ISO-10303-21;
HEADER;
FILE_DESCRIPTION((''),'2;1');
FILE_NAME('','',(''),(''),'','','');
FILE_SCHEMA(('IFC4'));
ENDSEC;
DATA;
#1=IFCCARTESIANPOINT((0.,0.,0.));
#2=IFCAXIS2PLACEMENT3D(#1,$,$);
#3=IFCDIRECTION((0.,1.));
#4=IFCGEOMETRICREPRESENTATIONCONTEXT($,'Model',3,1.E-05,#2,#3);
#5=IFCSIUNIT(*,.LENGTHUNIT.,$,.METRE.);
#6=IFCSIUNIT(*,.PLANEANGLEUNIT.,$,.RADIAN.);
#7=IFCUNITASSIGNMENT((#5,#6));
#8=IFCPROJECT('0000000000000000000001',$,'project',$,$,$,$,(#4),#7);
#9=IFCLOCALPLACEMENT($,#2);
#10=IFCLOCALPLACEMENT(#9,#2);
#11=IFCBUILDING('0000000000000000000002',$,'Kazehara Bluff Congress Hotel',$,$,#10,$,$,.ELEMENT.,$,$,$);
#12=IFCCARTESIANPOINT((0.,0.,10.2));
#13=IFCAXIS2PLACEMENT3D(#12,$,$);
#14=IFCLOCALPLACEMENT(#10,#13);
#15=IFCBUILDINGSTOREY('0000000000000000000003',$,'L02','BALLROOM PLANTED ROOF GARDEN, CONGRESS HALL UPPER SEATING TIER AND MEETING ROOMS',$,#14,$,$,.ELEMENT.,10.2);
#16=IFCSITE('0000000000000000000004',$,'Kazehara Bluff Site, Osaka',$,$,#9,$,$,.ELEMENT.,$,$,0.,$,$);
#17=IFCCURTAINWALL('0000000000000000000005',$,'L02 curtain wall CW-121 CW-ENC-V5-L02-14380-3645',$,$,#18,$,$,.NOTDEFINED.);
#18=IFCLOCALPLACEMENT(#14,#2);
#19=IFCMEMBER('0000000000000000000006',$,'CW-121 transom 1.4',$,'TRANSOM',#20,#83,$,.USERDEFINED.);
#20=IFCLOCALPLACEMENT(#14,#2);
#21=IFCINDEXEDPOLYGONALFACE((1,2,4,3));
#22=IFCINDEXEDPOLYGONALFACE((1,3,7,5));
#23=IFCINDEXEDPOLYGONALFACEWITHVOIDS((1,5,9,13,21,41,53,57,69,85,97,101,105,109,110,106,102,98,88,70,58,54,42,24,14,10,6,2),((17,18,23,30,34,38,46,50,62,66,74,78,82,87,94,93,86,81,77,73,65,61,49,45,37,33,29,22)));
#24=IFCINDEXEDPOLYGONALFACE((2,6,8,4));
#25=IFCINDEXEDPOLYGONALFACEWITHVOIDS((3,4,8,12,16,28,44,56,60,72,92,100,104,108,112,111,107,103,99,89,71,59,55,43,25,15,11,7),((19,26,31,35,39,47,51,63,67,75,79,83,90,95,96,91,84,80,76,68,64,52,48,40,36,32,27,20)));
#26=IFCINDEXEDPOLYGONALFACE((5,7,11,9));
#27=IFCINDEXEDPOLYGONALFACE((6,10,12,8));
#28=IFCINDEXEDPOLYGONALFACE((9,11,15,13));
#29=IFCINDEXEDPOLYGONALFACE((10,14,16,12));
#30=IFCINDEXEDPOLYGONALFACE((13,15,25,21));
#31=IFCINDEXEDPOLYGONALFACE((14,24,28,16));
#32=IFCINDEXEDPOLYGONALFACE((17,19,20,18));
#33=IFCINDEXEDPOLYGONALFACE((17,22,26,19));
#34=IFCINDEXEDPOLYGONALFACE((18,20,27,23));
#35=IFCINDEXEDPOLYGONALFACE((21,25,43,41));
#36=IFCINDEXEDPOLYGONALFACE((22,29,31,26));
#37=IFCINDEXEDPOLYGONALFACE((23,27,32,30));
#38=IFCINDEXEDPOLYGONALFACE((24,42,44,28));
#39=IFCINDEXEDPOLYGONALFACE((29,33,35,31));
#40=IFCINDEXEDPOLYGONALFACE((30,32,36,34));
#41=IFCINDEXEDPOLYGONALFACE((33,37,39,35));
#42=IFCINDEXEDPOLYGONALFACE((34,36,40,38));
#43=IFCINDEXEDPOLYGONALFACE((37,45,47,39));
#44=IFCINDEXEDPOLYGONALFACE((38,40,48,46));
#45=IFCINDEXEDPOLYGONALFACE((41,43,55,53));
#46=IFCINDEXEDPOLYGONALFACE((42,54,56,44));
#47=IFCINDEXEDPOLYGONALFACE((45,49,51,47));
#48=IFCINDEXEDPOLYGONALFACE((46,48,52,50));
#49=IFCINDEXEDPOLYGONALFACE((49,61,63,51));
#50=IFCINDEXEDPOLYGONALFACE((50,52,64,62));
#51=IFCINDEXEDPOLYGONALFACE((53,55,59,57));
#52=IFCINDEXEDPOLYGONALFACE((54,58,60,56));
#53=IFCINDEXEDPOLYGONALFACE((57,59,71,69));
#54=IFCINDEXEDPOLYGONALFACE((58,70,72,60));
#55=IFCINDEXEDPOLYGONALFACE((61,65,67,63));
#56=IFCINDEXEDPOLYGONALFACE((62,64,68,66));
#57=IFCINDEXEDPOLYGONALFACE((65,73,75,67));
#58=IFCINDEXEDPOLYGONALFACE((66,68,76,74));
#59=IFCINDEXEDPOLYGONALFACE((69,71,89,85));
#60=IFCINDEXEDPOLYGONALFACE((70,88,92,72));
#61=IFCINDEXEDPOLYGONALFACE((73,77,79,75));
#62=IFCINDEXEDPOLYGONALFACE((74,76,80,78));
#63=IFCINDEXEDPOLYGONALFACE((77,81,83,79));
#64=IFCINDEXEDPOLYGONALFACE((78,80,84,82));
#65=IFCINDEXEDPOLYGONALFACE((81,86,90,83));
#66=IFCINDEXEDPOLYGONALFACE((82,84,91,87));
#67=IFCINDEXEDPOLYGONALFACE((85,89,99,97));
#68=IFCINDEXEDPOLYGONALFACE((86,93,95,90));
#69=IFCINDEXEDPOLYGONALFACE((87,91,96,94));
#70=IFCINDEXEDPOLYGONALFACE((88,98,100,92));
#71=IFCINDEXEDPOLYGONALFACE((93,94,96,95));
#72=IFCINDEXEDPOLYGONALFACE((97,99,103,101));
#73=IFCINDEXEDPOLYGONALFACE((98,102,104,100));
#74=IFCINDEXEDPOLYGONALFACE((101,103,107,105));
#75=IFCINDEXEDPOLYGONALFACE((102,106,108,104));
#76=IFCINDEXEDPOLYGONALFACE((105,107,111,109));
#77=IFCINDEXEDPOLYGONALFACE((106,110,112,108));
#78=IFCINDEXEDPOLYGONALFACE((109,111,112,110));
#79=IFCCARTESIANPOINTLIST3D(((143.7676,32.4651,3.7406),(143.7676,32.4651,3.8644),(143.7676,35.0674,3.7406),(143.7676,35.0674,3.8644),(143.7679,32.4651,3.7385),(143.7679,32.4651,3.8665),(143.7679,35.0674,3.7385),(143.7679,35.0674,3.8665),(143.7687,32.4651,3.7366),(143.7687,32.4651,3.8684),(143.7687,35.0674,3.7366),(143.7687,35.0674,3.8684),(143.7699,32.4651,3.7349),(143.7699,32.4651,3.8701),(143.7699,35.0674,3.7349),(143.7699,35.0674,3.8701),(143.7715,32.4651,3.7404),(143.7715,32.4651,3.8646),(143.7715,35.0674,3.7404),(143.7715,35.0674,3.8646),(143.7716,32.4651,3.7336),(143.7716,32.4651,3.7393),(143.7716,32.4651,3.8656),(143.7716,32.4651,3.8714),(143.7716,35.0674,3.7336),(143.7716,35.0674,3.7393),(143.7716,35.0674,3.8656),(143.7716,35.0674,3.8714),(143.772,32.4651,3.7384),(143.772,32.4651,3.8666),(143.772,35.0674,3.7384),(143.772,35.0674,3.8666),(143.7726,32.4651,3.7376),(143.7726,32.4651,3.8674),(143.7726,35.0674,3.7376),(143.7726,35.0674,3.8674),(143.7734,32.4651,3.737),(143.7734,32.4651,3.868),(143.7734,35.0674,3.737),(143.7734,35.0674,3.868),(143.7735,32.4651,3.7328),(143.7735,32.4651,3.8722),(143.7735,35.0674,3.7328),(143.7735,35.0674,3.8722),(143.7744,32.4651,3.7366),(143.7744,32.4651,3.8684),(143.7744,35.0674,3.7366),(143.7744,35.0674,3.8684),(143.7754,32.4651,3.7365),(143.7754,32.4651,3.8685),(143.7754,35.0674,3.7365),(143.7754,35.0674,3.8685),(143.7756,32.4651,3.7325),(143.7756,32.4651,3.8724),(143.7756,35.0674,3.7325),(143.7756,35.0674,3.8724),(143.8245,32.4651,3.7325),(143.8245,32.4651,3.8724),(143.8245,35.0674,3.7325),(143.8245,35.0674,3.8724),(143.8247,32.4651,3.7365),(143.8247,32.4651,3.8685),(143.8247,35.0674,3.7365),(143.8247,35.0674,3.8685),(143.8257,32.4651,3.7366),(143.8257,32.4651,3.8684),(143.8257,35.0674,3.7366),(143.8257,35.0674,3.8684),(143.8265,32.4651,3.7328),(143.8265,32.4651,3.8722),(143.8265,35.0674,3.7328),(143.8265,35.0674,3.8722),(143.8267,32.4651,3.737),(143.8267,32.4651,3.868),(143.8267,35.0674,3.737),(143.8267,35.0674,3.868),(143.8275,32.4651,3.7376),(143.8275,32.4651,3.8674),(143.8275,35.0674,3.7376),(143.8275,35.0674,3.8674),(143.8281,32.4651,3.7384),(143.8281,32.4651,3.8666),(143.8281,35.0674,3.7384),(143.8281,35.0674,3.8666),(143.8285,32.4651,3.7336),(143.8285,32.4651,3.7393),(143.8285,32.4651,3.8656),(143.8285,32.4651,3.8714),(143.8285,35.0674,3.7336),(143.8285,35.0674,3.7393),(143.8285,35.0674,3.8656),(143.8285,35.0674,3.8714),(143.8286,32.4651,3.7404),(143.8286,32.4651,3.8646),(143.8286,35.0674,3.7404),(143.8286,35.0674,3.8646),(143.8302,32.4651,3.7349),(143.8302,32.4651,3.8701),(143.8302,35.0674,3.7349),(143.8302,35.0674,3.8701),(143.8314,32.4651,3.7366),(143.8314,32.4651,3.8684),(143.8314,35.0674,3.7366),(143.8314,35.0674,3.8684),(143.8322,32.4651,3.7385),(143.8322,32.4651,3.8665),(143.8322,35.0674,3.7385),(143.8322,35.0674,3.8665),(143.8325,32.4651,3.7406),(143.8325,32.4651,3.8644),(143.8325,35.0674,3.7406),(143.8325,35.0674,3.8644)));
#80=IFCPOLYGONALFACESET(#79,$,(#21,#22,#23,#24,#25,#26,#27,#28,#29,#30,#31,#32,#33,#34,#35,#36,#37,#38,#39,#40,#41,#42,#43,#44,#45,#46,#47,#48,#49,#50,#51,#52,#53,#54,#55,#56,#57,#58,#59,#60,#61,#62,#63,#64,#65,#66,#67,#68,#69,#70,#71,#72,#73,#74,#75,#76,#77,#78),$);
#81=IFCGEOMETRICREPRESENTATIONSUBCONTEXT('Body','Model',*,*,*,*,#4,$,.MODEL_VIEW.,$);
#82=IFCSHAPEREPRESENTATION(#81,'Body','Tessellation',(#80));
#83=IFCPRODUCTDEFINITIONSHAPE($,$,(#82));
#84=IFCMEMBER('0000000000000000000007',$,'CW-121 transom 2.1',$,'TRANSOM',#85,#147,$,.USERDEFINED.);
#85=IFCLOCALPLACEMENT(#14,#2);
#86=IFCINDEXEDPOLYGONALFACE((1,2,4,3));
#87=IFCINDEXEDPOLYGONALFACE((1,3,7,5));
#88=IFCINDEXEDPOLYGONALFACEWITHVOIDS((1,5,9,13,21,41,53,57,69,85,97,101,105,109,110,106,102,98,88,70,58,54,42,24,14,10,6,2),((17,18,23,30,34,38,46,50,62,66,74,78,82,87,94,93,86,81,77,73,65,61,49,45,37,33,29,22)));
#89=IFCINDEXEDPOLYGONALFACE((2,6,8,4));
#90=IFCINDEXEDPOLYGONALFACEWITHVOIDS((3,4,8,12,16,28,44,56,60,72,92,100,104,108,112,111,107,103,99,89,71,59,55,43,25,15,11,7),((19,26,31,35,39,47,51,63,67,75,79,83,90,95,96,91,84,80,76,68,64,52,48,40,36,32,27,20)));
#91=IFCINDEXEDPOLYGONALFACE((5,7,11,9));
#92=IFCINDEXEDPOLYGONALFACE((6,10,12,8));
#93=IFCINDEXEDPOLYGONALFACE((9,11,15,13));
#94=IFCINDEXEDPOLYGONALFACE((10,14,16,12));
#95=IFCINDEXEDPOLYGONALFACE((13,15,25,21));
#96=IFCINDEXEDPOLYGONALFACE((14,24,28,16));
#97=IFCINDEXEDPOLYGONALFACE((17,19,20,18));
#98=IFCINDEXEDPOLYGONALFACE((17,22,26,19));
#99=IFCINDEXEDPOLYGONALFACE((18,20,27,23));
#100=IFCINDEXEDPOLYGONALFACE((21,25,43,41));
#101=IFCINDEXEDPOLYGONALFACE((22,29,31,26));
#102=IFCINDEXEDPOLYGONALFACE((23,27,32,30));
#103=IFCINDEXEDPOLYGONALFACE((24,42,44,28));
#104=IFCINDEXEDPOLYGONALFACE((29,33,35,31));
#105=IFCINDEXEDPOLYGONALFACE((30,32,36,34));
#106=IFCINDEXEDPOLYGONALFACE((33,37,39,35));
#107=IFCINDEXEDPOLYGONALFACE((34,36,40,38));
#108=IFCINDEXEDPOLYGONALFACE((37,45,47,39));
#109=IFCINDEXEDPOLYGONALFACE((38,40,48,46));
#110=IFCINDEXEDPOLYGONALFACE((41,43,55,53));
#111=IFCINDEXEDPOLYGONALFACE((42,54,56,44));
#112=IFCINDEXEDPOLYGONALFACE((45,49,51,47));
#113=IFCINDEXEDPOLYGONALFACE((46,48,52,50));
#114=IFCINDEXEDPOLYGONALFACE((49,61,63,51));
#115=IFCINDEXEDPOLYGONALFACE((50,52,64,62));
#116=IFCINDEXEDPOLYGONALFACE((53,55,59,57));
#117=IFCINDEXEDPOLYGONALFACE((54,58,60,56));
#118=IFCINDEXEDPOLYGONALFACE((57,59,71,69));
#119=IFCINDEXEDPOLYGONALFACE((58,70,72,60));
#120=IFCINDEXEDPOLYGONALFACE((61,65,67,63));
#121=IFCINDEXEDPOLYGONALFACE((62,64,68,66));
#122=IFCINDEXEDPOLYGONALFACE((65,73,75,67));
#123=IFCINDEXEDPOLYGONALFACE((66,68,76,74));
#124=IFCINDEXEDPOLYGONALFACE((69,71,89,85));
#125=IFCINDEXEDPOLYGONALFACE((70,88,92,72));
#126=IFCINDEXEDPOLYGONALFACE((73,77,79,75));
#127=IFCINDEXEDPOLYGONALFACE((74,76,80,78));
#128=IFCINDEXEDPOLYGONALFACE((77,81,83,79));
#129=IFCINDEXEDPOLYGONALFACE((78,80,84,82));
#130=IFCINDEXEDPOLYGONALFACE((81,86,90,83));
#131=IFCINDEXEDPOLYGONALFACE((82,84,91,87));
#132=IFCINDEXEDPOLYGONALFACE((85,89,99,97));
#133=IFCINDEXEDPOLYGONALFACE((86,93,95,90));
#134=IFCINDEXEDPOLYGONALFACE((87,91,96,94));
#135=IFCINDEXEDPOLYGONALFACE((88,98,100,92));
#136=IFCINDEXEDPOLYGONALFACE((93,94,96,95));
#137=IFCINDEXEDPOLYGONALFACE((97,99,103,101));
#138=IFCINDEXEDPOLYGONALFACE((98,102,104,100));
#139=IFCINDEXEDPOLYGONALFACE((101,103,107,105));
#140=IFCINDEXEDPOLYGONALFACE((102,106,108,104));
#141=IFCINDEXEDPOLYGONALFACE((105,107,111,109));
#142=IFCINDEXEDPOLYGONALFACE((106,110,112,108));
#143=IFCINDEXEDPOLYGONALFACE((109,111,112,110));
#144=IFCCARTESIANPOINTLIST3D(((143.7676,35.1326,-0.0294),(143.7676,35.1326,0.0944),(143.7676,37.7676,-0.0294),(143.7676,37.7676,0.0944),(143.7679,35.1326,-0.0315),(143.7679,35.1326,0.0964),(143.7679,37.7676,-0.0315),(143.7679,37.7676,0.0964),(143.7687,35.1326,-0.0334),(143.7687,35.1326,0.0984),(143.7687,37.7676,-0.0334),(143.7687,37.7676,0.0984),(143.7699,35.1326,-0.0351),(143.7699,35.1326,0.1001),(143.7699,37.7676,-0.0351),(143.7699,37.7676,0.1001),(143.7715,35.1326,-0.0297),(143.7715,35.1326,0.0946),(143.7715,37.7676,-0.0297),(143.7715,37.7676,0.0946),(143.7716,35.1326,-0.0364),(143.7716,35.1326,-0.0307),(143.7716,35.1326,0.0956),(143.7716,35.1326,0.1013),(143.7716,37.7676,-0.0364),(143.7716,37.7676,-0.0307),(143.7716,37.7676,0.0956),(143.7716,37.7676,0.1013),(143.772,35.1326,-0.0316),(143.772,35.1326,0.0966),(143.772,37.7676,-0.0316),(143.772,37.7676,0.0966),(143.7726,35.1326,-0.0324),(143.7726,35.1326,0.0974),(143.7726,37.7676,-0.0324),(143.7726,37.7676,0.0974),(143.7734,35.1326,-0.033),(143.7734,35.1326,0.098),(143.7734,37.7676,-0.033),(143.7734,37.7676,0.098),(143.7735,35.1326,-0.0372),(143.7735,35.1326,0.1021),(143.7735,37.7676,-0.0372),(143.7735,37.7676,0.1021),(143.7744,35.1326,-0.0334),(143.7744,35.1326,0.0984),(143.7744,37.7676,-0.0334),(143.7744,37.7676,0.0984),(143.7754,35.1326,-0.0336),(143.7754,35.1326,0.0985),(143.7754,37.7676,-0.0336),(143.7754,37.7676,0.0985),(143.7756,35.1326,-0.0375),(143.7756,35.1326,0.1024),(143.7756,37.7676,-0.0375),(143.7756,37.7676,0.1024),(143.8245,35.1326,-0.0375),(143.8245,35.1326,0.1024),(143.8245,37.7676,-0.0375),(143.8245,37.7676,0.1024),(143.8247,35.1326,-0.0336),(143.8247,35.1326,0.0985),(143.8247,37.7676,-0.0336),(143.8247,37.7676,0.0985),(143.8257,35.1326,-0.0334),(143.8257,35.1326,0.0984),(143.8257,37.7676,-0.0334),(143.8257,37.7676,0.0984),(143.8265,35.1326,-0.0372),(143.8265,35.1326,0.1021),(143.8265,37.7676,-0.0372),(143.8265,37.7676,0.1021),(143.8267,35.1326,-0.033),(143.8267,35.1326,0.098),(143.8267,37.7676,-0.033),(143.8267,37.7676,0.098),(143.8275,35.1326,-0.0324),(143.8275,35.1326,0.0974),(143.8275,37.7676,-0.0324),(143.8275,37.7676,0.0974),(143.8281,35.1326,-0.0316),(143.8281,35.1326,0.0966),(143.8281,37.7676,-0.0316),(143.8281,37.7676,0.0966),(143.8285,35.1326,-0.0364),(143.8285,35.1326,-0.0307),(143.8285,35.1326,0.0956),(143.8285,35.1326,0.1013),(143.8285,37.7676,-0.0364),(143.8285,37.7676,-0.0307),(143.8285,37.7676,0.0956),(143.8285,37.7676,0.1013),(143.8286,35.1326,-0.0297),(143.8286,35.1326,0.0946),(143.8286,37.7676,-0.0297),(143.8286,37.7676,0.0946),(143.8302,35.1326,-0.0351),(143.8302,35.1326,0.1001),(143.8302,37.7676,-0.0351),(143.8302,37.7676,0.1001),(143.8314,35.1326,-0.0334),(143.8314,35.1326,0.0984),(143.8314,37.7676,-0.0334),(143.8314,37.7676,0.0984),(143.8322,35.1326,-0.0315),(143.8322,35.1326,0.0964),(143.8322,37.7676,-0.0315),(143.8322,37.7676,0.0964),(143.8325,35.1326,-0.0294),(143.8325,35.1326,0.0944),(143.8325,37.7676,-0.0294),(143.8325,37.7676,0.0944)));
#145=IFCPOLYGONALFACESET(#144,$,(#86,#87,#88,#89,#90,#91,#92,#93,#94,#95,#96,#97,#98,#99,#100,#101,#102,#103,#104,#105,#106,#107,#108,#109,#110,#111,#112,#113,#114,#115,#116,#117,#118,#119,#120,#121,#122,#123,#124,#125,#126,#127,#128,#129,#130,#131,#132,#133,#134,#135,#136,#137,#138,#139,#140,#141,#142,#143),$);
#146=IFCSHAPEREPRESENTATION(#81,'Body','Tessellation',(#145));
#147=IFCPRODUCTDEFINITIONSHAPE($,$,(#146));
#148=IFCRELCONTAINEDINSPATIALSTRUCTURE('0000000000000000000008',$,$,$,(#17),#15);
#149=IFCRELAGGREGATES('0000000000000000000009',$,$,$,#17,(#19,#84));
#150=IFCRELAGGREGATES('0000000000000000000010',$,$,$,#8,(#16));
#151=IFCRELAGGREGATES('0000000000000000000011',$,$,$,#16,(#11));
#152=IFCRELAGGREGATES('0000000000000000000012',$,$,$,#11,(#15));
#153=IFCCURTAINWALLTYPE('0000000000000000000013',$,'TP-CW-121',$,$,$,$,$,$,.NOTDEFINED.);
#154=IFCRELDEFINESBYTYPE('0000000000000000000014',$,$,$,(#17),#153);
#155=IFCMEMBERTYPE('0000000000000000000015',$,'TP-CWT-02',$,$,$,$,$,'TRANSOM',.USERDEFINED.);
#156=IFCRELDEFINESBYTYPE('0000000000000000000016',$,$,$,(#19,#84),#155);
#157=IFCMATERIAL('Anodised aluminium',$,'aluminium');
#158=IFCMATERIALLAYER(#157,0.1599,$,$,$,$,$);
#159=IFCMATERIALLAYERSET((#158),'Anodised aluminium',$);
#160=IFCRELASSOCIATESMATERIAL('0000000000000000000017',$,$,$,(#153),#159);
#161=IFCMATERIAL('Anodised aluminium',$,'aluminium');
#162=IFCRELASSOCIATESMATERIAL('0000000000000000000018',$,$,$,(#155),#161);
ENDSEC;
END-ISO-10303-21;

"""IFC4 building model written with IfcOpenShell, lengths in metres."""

from ifc_helpers import new_model, si_unit, direction, frame, origin, origin_2d, place, context, subcontext, project, spatial, hollow_rectangle, extrude, material, layer, layer_set, material_profile, profile_set, type_object, element, aggregate, save


model = new_model("IFC4")

# Units and contexts
model_context = context("Model", 3, precision=1e-05, world=origin(), true_north=direction((0.0, 1.0)))
body_context = subcontext(model_context, "Body", "Model", "MODEL_VIEW")
ifc_project = project(units=[si_unit("LENGTHUNIT", "METRE"), si_unit("PLANEANGLEUNIT", "RADIAN")], contexts=[model_context])

# Site, building, storey
site_placement = place(None, origin())
site = spatial("IfcSite", under=ifc_project, at=site_placement, Name="Kazehara Bluff Site, Osaka", CompositionType="ELEMENT", RefElevation=0.0)
building_placement = place(site_placement, origin())
building = spatial("IfcBuilding", under=site, at=building_placement, Name="Kazehara Bluff Congress Hotel", CompositionType="ELEMENT")
storey_placement = place(building_placement, frame((0.0, 0.0, 10.2)))
storey = spatial("IfcBuildingStorey", under=building, at=storey_placement, Name="L02", Description="BALLROOM PLANTED ROOF GARDEN, CONGRESS HALL UPPER SEATING TIER AND MEETING ROOMS", CompositionType="ELEMENT", Elevation=10.2)

# Curtain wall
ifc_material_1 = material(Name="Anodised aluminium", Category="aluminium")
ifc_layer_1 = layer(ifc_material_1, 0.1599)
ifc_layer_set_1 = layer_set([ifc_layer_1], Name="Anodised aluminium")
curtain_wall_type_1 = type_object("IfcCurtainWallType", Name="TP-CW-121", PredefinedType="NOTDEFINED", material=ifc_layer_set_1)
curtain_wall_1_placement = place(storey_placement, origin())
curtain_wall_1 = element("IfcCurtainWall", 1, at=curtain_wall_1_placement, inside=storey, type_object=curtain_wall_type_1, Name="L02 curtain wall CW-121 CW-ENC-V5-L02-14380-3645", PredefinedType="NOTDEFINED")

# Members
ifc_material_2 = material(Name="Anodised aluminium", Category="aluminium")
ifc_material_profile_1 = material_profile(ifc_material_2, hollow_rectangle(XDim=0.0649, YDim=0.1399, WallThickness=0.0039, InnerFilletRadius=0.0039, OuterFilletRadius=0.0081, at=origin_2d()))
ifc_profile_set_1 = profile_set([ifc_material_profile_1], Name="Anodised aluminium")
member_type_1 = type_object("IfcMemberType", Name="TP-CWT-02", ElementType="TRANSOM", PredefinedType="USERDEFINED", material=ifc_profile_set_1)
member_1_placement = place(storey_placement, frame((143.8, 32.4651, 3.8025), z_axis=(0.0, 1.0, 0.0), x_axis=(-1.0, 0.0, 0.0)))
member_1 = element("IfcMember", 2, at=member_1_placement, type_object=member_type_1, Name="CW-121 transom 1.4", ObjectType="TRANSOM", PredefinedType="USERDEFINED", context=body_context, shape_type="SweptSolid", body=[
    extrude(hollow_rectangle(XDim=0.0649, YDim=0.1399, WallThickness=0.0039, InnerFilletRadius=0.0039, OuterFilletRadius=0.0081, at=origin_2d()), origin(), (0.0, 0.0, 1.0), 2.6023),
])
member_2_placement = place(storey_placement, frame((143.8, 35.1326, 0.0325), z_axis=(0.0, 1.0, 0.0), x_axis=(-1.0, 0.0, 0.0)))
member_2 = element("IfcMember", 3, at=member_2_placement, type_object=member_type_1, Name="CW-121 transom 2.1", ObjectType="TRANSOM", PredefinedType="USERDEFINED", context=body_context, shape_type="SweptSolid", body=[
    extrude(hollow_rectangle(XDim=0.0649, YDim=0.1399, WallThickness=0.0039, InnerFilletRadius=0.0039, OuterFilletRadius=0.0081, at=origin_2d()), origin(), (0.0, 0.0, 1.0), 2.635),
])

aggregate(curtain_wall_1, [member_1, member_2])

save(model, "model.ifc")
